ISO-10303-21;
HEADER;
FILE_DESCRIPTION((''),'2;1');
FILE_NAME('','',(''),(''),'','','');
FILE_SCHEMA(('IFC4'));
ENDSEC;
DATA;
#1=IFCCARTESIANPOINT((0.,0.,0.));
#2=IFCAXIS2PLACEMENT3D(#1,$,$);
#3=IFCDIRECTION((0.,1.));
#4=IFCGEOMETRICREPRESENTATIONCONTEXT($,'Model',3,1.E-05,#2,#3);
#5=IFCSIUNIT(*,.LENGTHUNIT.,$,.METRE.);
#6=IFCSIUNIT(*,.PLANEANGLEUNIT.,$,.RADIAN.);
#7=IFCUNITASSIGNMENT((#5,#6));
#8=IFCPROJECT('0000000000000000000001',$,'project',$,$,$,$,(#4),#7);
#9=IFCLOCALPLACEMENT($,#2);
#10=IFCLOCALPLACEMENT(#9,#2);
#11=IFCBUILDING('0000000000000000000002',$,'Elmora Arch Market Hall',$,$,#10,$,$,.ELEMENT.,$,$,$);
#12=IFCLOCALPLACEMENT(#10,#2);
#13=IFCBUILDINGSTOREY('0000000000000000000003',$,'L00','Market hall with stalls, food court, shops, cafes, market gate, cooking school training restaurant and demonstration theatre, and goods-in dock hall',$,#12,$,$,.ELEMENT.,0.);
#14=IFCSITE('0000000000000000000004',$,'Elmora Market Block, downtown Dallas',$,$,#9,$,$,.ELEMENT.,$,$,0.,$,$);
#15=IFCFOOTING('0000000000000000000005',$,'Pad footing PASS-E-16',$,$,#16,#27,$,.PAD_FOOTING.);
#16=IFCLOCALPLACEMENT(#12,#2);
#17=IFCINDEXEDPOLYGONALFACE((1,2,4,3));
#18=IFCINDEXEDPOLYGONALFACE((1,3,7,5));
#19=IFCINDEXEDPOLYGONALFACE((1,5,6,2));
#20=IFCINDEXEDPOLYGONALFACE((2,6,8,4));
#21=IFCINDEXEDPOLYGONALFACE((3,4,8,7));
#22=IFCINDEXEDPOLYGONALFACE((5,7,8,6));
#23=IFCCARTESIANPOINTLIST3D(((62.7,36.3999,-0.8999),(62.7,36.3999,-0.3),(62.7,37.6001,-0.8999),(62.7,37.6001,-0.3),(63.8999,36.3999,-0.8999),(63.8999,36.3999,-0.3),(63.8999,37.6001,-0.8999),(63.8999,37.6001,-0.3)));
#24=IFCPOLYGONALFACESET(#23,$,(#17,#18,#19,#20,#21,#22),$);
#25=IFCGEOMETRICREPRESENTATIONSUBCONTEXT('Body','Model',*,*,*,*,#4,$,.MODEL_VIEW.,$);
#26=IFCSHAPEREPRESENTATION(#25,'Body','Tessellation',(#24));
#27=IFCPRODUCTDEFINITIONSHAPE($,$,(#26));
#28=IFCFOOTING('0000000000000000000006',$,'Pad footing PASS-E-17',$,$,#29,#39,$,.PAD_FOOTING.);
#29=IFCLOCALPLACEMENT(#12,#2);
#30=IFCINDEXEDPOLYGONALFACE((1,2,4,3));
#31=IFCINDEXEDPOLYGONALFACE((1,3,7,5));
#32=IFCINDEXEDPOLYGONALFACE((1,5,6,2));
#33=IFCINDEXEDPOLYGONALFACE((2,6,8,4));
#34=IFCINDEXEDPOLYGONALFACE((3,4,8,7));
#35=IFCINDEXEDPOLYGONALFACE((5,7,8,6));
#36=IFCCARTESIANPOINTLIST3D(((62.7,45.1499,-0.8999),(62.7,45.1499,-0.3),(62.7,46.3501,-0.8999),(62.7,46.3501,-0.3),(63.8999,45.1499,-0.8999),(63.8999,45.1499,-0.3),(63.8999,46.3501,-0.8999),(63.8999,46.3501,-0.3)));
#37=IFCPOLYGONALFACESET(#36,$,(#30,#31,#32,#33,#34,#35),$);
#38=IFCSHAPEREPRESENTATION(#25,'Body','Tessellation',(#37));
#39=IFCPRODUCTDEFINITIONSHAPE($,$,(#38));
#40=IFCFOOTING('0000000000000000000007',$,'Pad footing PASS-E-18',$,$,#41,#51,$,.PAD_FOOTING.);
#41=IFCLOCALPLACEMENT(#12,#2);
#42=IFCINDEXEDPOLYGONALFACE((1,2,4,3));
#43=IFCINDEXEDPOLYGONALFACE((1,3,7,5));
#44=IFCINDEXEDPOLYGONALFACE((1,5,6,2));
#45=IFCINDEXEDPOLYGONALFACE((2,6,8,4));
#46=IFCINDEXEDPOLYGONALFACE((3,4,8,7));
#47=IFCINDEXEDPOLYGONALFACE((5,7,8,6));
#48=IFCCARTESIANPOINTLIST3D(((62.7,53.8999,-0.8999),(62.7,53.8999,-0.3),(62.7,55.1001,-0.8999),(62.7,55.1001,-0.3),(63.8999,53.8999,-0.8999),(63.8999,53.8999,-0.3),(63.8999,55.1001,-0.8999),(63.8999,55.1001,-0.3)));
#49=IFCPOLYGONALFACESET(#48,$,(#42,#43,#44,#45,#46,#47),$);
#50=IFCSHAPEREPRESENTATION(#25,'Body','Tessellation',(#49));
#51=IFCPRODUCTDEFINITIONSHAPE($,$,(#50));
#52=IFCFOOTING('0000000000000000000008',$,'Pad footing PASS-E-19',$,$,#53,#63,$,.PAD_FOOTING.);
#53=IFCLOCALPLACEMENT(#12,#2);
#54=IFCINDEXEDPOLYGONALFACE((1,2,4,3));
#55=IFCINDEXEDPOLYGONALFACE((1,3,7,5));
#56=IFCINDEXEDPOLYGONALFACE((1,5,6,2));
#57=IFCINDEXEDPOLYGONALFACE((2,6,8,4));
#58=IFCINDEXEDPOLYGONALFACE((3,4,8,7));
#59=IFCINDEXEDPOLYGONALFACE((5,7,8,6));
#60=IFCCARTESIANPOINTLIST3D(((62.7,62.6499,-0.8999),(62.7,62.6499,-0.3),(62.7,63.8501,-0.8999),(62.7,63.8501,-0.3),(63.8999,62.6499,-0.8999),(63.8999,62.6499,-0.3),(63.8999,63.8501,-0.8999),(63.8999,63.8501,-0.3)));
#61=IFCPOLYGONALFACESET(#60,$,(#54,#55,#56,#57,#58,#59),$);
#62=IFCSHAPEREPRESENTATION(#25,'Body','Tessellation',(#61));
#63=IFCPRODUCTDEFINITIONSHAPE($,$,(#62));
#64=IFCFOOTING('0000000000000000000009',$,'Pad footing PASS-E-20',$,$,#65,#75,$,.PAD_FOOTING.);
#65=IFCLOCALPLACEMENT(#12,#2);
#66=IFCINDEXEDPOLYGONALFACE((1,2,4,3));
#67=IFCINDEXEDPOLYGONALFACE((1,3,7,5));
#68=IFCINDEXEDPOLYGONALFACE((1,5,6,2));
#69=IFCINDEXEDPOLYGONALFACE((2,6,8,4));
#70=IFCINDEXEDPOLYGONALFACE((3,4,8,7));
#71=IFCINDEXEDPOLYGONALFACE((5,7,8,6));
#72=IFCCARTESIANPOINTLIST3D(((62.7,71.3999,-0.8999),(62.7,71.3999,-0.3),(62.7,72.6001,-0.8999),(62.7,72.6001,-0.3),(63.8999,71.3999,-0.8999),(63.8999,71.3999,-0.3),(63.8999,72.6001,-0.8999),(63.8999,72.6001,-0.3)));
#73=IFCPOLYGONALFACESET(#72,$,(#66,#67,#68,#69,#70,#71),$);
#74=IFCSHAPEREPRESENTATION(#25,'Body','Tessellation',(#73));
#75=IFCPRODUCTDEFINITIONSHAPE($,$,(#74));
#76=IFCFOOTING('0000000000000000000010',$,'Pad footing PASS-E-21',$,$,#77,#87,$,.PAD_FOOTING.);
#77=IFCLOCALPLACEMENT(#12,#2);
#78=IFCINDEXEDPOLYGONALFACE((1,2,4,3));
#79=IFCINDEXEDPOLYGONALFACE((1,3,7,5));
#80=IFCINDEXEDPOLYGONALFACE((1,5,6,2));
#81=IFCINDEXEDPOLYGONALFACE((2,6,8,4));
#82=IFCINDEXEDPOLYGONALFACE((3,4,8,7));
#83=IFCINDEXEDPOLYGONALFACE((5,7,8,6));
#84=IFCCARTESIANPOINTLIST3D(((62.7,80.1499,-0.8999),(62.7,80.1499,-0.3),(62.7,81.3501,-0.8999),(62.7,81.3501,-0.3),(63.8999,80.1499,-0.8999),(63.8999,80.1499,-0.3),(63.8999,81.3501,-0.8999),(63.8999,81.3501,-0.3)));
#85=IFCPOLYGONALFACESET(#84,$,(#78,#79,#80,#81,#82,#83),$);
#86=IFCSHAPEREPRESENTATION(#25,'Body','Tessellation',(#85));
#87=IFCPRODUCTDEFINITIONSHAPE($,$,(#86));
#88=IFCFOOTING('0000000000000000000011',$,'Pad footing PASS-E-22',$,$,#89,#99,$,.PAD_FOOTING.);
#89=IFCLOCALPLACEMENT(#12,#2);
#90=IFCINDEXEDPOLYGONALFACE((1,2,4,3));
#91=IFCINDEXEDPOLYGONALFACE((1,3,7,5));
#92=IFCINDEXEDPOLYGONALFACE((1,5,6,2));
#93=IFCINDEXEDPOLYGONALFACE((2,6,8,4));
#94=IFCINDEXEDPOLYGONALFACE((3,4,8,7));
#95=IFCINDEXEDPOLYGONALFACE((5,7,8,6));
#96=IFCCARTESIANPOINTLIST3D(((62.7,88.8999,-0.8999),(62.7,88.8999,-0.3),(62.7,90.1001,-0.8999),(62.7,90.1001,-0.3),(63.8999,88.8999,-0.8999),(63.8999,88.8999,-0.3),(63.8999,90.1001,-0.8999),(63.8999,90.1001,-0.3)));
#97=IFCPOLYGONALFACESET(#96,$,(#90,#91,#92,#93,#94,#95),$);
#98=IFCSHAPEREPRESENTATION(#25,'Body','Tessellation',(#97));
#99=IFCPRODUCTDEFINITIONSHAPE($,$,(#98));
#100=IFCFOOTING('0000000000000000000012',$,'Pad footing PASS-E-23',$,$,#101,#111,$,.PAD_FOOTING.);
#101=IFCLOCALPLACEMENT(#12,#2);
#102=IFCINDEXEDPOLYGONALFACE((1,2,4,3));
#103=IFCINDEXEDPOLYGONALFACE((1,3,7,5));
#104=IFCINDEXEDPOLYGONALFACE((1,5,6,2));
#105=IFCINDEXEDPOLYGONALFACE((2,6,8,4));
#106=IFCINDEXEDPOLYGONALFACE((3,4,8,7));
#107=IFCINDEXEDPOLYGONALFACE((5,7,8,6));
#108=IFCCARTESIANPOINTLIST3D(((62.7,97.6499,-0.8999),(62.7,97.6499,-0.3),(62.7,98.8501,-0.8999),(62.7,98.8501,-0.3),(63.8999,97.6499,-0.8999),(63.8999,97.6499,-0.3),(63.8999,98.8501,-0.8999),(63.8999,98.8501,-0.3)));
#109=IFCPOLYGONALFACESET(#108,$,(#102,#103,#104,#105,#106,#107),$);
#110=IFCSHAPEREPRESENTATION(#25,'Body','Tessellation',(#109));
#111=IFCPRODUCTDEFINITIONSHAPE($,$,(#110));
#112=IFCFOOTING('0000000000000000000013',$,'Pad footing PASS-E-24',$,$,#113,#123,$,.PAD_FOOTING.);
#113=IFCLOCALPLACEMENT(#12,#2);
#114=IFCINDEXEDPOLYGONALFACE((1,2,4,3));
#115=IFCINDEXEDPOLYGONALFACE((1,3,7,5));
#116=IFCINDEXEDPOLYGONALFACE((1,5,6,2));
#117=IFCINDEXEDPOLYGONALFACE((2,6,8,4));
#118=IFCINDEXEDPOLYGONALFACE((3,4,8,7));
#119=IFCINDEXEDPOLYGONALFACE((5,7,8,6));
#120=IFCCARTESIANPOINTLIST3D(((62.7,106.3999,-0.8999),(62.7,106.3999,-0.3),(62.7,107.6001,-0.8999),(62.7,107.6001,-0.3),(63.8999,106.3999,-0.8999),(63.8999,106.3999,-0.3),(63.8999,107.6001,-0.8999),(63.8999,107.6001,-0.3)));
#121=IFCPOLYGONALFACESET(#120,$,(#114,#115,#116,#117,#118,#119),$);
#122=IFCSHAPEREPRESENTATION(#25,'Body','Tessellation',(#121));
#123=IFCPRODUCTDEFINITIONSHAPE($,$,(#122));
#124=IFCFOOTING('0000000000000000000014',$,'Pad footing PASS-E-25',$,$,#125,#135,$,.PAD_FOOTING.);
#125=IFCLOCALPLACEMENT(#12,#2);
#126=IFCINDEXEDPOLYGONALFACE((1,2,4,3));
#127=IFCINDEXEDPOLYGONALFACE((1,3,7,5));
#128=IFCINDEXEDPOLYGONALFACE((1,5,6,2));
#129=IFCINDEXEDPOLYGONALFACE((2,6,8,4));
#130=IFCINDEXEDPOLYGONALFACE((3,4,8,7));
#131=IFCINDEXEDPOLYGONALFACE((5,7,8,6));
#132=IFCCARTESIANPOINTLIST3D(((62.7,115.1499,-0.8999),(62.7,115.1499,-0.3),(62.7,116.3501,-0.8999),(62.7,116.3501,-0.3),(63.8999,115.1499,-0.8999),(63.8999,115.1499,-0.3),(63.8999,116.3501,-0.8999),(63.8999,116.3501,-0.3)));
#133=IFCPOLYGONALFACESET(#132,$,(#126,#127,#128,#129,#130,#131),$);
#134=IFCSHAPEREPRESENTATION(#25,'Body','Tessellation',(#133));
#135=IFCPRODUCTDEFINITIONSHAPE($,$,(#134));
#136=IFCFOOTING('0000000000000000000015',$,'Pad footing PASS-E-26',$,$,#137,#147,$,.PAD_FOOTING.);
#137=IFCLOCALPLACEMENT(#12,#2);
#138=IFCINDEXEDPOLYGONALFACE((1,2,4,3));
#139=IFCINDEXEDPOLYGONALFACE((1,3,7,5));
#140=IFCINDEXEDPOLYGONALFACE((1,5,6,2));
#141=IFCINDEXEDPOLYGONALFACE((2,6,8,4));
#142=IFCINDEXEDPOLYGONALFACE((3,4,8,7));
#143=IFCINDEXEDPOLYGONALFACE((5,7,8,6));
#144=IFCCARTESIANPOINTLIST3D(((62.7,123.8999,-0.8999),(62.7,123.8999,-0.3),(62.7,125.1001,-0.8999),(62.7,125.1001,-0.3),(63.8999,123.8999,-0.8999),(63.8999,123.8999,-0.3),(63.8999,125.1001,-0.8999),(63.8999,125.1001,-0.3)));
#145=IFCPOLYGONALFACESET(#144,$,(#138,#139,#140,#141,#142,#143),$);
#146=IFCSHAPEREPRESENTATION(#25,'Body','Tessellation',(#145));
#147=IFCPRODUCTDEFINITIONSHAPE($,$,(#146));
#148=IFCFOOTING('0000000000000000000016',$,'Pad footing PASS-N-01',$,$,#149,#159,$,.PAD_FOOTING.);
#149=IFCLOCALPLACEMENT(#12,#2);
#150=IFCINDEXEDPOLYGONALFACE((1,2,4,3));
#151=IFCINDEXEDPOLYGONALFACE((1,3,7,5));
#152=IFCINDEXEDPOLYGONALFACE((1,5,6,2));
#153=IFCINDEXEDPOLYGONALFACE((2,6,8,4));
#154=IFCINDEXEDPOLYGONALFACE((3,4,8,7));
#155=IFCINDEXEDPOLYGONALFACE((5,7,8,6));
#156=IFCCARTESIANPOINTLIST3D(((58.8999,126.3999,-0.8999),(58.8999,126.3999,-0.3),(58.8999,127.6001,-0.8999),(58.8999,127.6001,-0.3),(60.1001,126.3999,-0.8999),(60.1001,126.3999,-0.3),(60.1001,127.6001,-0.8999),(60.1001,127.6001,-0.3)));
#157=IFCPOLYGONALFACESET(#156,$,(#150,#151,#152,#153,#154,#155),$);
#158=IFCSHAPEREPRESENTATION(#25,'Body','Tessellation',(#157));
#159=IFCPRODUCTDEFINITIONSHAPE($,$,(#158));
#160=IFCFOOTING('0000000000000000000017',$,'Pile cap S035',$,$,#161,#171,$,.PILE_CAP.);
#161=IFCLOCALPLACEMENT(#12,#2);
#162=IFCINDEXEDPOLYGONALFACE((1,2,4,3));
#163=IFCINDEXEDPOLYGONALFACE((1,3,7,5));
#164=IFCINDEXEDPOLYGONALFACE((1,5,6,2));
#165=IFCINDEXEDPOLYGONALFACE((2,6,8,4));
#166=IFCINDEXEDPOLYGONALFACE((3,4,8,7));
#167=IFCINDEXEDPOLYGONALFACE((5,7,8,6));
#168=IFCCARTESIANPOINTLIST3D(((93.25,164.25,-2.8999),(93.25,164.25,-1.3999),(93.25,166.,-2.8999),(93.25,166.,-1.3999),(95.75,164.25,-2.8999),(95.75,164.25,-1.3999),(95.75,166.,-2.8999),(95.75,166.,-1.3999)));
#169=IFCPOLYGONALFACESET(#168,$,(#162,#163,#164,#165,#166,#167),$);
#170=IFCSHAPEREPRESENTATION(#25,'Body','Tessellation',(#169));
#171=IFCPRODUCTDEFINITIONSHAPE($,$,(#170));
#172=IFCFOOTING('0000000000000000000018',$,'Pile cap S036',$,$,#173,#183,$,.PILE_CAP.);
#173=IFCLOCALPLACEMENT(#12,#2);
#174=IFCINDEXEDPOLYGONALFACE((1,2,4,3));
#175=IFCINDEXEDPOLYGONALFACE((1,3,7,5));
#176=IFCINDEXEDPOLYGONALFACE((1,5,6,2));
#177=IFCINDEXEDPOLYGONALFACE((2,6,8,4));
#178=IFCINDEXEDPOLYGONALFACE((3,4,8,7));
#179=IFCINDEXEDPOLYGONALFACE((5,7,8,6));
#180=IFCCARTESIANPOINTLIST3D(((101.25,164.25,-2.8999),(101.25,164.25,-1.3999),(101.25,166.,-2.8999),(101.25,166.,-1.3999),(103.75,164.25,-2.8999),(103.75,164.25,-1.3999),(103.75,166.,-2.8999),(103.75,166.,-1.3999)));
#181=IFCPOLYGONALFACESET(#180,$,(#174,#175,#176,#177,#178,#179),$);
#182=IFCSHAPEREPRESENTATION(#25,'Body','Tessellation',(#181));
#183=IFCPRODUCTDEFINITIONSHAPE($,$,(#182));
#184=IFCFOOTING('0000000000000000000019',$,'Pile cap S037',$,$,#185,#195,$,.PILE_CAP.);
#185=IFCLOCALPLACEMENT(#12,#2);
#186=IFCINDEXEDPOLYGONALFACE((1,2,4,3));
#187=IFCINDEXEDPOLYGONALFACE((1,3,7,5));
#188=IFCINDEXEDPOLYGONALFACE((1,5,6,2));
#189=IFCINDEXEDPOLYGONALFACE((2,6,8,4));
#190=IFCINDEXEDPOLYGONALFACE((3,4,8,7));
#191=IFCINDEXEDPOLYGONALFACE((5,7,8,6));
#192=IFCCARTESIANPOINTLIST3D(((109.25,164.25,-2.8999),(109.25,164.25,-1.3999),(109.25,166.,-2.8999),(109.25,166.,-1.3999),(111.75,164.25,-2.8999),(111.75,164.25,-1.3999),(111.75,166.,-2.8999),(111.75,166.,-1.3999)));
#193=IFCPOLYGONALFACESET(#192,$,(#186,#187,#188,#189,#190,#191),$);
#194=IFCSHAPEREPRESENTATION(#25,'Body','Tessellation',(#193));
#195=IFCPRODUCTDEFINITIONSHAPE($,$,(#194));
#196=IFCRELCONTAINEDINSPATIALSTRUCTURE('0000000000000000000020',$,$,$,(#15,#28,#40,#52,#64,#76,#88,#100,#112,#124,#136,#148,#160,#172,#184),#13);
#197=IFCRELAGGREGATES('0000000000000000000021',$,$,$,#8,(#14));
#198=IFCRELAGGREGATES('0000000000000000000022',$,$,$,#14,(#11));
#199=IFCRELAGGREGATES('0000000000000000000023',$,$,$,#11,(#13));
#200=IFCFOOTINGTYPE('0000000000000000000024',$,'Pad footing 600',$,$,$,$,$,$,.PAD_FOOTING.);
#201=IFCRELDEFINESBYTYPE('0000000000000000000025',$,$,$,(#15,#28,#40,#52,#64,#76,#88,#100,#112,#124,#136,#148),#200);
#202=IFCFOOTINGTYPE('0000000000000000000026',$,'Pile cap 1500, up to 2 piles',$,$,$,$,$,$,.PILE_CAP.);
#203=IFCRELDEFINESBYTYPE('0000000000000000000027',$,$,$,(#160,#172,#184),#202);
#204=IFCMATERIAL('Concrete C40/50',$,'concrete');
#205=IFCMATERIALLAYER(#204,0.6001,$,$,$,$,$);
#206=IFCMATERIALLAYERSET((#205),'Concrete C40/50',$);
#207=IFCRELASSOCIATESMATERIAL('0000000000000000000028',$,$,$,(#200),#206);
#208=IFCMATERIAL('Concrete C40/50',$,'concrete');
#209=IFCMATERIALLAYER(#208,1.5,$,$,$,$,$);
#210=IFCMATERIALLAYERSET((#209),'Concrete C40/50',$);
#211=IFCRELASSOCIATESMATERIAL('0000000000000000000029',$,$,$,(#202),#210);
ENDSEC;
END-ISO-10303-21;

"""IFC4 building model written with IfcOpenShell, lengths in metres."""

from ifc_helpers import new_model, si_unit, direction, frame, origin, place, context, subcontext, project, spatial, polyline, outline, extrude, material, layer, layer_set, type_object, element, save


model = new_model("IFC4")

# Units and contexts
model_context = context("Model", 3, precision=1e-05, world=origin(), true_north=direction((0.0, 1.0)))
body_context = subcontext(model_context, "Body", "Model", "MODEL_VIEW")
ifc_project = project(units=[si_unit("LENGTHUNIT", "METRE"), si_unit("PLANEANGLEUNIT", "RADIAN")], contexts=[model_context])

# Site, building, storey
site_placement = place(None, origin())
site = spatial("IfcSite", under=ifc_project, at=site_placement, Name="Elmora Market Block, downtown Dallas", CompositionType="ELEMENT", RefElevation=0.0)
building_placement = place(site_placement, origin())
building = spatial("IfcBuilding", under=site, at=building_placement, Name="Elmora Arch Market Hall", CompositionType="ELEMENT")
storey_placement = place(building_placement, origin())
storey = spatial("IfcBuildingStorey", under=building, at=storey_placement, Name="L00", Description="Market hall with stalls, food court, shops, cafes, market gate, cooking school training restaurant and demonstration theatre, and goods-in dock hall", CompositionType="ELEMENT", Elevation=0.0)

# Footings
ifc_material_1 = material(Name="Concrete C40/50", Category="concrete")
ifc_layer_1 = layer(ifc_material_1, 0.6001)
ifc_layer_set_1 = layer_set([ifc_layer_1], Name="Concrete C40/50")
footing_type_1 = type_object("IfcFootingType", Name="Pad footing 600", PredefinedType="PAD_FOOTING", material=ifc_layer_set_1)
footing_1_placement = place(storey_placement, frame((0.0, 0.0, -0.8999)))
element("IfcFooting", 1, at=footing_1_placement, inside=storey, type_object=footing_type_1, Name="Pad footing PASS-E-16", PredefinedType="PAD_FOOTING", context=body_context, shape_type="SweptSolid", body=[
    extrude(outline(polyline([(62.7, 36.3999), (63.8999, 36.3999), (63.8999, 37.6001), (62.7, 37.6001), (62.7, 36.3999)])), origin(), (0.0, 0.0, 1.0), 0.5999),
])
footing_2_placement = place(storey_placement, frame((0.0, 0.0, -0.8999)))
element("IfcFooting", 2, at=footing_2_placement, inside=storey, type_object=footing_type_1, Name="Pad footing PASS-E-17", PredefinedType="PAD_FOOTING", context=body_context, shape_type="SweptSolid", body=[
    extrude(outline(polyline([(62.7, 45.1499), (63.8999, 45.1499), (63.8999, 46.3501), (62.7, 46.3501), (62.7, 45.1499)])), origin(), (0.0, 0.0, 1.0), 0.5999),
])
footing_3_placement = place(storey_placement, frame((0.0, 0.0, -0.8999)))
element("IfcFooting", 3, at=footing_3_placement, inside=storey, type_object=footing_type_1, Name="Pad footing PASS-E-18", PredefinedType="PAD_FOOTING", context=body_context, shape_type="SweptSolid", body=[
    extrude(outline(polyline([(62.7, 53.8999), (63.8999, 53.8999), (63.8999, 55.1001), (62.7, 55.1001), (62.7, 53.8999)])), origin(), (0.0, 0.0, 1.0), 0.5999),
])
footing_4_placement = place(storey_placement, frame((0.0, 0.0, -0.8999)))
element("IfcFooting", 4, at=footing_4_placement, inside=storey, type_object=footing_type_1, Name="Pad footing PASS-E-19", PredefinedType="PAD_FOOTING", context=body_context, shape_type="SweptSolid", body=[
    extrude(outline(polyline([(62.7, 62.6499), (63.8999, 62.6499), (63.8999, 63.8501), (62.7, 63.8501), (62.7, 62.6499)])), origin(), (0.0, 0.0, 1.0), 0.5999),
])
footing_5_placement = place(storey_placement, frame((0.0, 0.0, -0.8999)))
element("IfcFooting", 5, at=footing_5_placement, inside=storey, type_object=footing_type_1, Name="Pad footing PASS-E-20", PredefinedType="PAD_FOOTING", context=body_context, shape_type="SweptSolid", body=[
    extrude(outline(polyline([(62.7, 71.3999), (63.8999, 71.3999), (63.8999, 72.6001), (62.7, 72.6001), (62.7, 71.3999)])), origin(), (0.0, 0.0, 1.0), 0.5999),
])
footing_6_placement = place(storey_placement, frame((0.0, 0.0, -0.8999)))
element("IfcFooting", 6, at=footing_6_placement, inside=storey, type_object=footing_type_1, Name="Pad footing PASS-E-21", PredefinedType="PAD_FOOTING", context=body_context, shape_type="SweptSolid", body=[
    extrude(outline(polyline([(62.7, 80.1499), (63.8999, 80.1499), (63.8999, 81.3501), (62.7, 81.3501), (62.7, 80.1499)])), origin(), (0.0, 0.0, 1.0), 0.5999),
])
footing_7_placement = place(storey_placement, frame((0.0, 0.0, -0.8999)))
element("IfcFooting", 7, at=footing_7_placement, inside=storey, type_object=footing_type_1, Name="Pad footing PASS-E-22", PredefinedType="PAD_FOOTING", context=body_context, shape_type="SweptSolid", body=[
    extrude(outline(polyline([(62.7, 88.8999), (63.8999, 88.8999), (63.8999, 90.1001), (62.7, 90.1001), (62.7, 88.8999)])), origin(), (0.0, 0.0, 1.0), 0.5999),
])
footing_8_placement = place(storey_placement, frame((0.0, 0.0, -0.8999)))
element("IfcFooting", 8, at=footing_8_placement, inside=storey, type_object=footing_type_1, Name="Pad footing PASS-E-23", PredefinedType="PAD_FOOTING", context=body_context, shape_type="SweptSolid", body=[
    extrude(outline(polyline([(62.7, 97.6499), (63.8999, 97.6499), (63.8999, 98.8501), (62.7, 98.8501), (62.7, 97.6499)])), origin(), (0.0, 0.0, 1.0), 0.5999),
])
footing_9_placement = place(storey_placement, frame((0.0, 0.0, -0.8999)))
element("IfcFooting", 9, at=footing_9_placement, inside=storey, type_object=footing_type_1, Name="Pad footing PASS-E-24", PredefinedType="PAD_FOOTING", context=body_context, shape_type="SweptSolid", body=[
    extrude(outline(polyline([(62.7, 106.3999), (63.8999, 106.3999), (63.8999, 107.6001), (62.7, 107.6001), (62.7, 106.3999)])), origin(), (0.0, 0.0, 1.0), 0.5999),
])
footing_10_placement = place(storey_placement, frame((0.0, 0.0, -0.8999)))
element("IfcFooting", 10, at=footing_10_placement, inside=storey, type_object=footing_type_1, Name="Pad footing PASS-E-25", PredefinedType="PAD_FOOTING", context=body_context, shape_type="SweptSolid", body=[
    extrude(outline(polyline([(62.7, 115.1499), (63.8999, 115.1499), (63.8999, 116.3501), (62.7, 116.3501), (62.7, 115.1499)])), origin(), (0.0, 0.0, 1.0), 0.5999),
])
footing_11_placement = place(storey_placement, frame((0.0, 0.0, -0.8999)))
element("IfcFooting", 11, at=footing_11_placement, inside=storey, type_object=footing_type_1, Name="Pad footing PASS-E-26", PredefinedType="PAD_FOOTING", context=body_context, shape_type="SweptSolid", body=[
    extrude(outline(polyline([(62.7, 123.8999), (63.8999, 123.8999), (63.8999, 125.1001), (62.7, 125.1001), (62.7, 123.8999)])), origin(), (0.0, 0.0, 1.0), 0.5999),
])
footing_12_placement = place(storey_placement, frame((0.0, 0.0, -0.8999)))
element("IfcFooting", 12, at=footing_12_placement, inside=storey, type_object=footing_type_1, Name="Pad footing PASS-N-01", PredefinedType="PAD_FOOTING", context=body_context, shape_type="SweptSolid", body=[
    extrude(outline(polyline([(58.8999, 126.3999), (60.1001, 126.3999), (60.1001, 127.6001), (58.8999, 127.6001), (58.8999, 126.3999)])), origin(), (0.0, 0.0, 1.0), 0.5999),
])
ifc_material_2 = material(Name="Concrete C40/50", Category="concrete")
ifc_layer_2 = layer(ifc_material_2, 1.5)
ifc_layer_set_2 = layer_set([ifc_layer_2], Name="Concrete C40/50")
footing_type_2 = type_object("IfcFootingType", Name="Pile cap 1500, up to 2 piles", PredefinedType="PILE_CAP", material=ifc_layer_set_2)
footing_13_placement = place(storey_placement, frame((0.0, 0.0, -2.8999)))
element("IfcFooting", 13, at=footing_13_placement, inside=storey, type_object=footing_type_2, Name="Pile cap S035", PredefinedType="PILE_CAP", context=body_context, shape_type="SweptSolid", body=[
    extrude(outline(polyline([(95.75, 164.25), (93.25, 164.25), (93.25, 166.0), (95.75, 166.0), (95.75, 164.25)])), origin(), (0.0, 0.0, 1.0), 1.5),
])
footing_14_placement = place(storey_placement, frame((0.0, 0.0, -2.8999)))
element("IfcFooting", 14, at=footing_14_placement, inside=storey, type_object=footing_type_2, Name="Pile cap S036", PredefinedType="PILE_CAP", context=body_context, shape_type="SweptSolid", body=[
    extrude(outline(polyline([(101.25, 166.0), (103.75, 166.0), (103.75, 164.25), (101.25, 164.25), (101.25, 166.0)])), origin(), (0.0, 0.0, 1.0), 1.5),
])
footing_15_placement = place(storey_placement, frame((0.0, 0.0, -2.8999)))
element("IfcFooting", 15, at=footing_15_placement, inside=storey, type_object=footing_type_2, Name="Pile cap S037", PredefinedType="PILE_CAP", context=body_context, shape_type="SweptSolid", body=[
    extrude(outline(polyline([(111.75, 164.25), (109.25, 164.25), (109.25, 166.0), (111.75, 166.0), (111.75, 164.25)])), origin(), (0.0, 0.0, 1.0), 1.5),
])

save(model, "model.ifc")
